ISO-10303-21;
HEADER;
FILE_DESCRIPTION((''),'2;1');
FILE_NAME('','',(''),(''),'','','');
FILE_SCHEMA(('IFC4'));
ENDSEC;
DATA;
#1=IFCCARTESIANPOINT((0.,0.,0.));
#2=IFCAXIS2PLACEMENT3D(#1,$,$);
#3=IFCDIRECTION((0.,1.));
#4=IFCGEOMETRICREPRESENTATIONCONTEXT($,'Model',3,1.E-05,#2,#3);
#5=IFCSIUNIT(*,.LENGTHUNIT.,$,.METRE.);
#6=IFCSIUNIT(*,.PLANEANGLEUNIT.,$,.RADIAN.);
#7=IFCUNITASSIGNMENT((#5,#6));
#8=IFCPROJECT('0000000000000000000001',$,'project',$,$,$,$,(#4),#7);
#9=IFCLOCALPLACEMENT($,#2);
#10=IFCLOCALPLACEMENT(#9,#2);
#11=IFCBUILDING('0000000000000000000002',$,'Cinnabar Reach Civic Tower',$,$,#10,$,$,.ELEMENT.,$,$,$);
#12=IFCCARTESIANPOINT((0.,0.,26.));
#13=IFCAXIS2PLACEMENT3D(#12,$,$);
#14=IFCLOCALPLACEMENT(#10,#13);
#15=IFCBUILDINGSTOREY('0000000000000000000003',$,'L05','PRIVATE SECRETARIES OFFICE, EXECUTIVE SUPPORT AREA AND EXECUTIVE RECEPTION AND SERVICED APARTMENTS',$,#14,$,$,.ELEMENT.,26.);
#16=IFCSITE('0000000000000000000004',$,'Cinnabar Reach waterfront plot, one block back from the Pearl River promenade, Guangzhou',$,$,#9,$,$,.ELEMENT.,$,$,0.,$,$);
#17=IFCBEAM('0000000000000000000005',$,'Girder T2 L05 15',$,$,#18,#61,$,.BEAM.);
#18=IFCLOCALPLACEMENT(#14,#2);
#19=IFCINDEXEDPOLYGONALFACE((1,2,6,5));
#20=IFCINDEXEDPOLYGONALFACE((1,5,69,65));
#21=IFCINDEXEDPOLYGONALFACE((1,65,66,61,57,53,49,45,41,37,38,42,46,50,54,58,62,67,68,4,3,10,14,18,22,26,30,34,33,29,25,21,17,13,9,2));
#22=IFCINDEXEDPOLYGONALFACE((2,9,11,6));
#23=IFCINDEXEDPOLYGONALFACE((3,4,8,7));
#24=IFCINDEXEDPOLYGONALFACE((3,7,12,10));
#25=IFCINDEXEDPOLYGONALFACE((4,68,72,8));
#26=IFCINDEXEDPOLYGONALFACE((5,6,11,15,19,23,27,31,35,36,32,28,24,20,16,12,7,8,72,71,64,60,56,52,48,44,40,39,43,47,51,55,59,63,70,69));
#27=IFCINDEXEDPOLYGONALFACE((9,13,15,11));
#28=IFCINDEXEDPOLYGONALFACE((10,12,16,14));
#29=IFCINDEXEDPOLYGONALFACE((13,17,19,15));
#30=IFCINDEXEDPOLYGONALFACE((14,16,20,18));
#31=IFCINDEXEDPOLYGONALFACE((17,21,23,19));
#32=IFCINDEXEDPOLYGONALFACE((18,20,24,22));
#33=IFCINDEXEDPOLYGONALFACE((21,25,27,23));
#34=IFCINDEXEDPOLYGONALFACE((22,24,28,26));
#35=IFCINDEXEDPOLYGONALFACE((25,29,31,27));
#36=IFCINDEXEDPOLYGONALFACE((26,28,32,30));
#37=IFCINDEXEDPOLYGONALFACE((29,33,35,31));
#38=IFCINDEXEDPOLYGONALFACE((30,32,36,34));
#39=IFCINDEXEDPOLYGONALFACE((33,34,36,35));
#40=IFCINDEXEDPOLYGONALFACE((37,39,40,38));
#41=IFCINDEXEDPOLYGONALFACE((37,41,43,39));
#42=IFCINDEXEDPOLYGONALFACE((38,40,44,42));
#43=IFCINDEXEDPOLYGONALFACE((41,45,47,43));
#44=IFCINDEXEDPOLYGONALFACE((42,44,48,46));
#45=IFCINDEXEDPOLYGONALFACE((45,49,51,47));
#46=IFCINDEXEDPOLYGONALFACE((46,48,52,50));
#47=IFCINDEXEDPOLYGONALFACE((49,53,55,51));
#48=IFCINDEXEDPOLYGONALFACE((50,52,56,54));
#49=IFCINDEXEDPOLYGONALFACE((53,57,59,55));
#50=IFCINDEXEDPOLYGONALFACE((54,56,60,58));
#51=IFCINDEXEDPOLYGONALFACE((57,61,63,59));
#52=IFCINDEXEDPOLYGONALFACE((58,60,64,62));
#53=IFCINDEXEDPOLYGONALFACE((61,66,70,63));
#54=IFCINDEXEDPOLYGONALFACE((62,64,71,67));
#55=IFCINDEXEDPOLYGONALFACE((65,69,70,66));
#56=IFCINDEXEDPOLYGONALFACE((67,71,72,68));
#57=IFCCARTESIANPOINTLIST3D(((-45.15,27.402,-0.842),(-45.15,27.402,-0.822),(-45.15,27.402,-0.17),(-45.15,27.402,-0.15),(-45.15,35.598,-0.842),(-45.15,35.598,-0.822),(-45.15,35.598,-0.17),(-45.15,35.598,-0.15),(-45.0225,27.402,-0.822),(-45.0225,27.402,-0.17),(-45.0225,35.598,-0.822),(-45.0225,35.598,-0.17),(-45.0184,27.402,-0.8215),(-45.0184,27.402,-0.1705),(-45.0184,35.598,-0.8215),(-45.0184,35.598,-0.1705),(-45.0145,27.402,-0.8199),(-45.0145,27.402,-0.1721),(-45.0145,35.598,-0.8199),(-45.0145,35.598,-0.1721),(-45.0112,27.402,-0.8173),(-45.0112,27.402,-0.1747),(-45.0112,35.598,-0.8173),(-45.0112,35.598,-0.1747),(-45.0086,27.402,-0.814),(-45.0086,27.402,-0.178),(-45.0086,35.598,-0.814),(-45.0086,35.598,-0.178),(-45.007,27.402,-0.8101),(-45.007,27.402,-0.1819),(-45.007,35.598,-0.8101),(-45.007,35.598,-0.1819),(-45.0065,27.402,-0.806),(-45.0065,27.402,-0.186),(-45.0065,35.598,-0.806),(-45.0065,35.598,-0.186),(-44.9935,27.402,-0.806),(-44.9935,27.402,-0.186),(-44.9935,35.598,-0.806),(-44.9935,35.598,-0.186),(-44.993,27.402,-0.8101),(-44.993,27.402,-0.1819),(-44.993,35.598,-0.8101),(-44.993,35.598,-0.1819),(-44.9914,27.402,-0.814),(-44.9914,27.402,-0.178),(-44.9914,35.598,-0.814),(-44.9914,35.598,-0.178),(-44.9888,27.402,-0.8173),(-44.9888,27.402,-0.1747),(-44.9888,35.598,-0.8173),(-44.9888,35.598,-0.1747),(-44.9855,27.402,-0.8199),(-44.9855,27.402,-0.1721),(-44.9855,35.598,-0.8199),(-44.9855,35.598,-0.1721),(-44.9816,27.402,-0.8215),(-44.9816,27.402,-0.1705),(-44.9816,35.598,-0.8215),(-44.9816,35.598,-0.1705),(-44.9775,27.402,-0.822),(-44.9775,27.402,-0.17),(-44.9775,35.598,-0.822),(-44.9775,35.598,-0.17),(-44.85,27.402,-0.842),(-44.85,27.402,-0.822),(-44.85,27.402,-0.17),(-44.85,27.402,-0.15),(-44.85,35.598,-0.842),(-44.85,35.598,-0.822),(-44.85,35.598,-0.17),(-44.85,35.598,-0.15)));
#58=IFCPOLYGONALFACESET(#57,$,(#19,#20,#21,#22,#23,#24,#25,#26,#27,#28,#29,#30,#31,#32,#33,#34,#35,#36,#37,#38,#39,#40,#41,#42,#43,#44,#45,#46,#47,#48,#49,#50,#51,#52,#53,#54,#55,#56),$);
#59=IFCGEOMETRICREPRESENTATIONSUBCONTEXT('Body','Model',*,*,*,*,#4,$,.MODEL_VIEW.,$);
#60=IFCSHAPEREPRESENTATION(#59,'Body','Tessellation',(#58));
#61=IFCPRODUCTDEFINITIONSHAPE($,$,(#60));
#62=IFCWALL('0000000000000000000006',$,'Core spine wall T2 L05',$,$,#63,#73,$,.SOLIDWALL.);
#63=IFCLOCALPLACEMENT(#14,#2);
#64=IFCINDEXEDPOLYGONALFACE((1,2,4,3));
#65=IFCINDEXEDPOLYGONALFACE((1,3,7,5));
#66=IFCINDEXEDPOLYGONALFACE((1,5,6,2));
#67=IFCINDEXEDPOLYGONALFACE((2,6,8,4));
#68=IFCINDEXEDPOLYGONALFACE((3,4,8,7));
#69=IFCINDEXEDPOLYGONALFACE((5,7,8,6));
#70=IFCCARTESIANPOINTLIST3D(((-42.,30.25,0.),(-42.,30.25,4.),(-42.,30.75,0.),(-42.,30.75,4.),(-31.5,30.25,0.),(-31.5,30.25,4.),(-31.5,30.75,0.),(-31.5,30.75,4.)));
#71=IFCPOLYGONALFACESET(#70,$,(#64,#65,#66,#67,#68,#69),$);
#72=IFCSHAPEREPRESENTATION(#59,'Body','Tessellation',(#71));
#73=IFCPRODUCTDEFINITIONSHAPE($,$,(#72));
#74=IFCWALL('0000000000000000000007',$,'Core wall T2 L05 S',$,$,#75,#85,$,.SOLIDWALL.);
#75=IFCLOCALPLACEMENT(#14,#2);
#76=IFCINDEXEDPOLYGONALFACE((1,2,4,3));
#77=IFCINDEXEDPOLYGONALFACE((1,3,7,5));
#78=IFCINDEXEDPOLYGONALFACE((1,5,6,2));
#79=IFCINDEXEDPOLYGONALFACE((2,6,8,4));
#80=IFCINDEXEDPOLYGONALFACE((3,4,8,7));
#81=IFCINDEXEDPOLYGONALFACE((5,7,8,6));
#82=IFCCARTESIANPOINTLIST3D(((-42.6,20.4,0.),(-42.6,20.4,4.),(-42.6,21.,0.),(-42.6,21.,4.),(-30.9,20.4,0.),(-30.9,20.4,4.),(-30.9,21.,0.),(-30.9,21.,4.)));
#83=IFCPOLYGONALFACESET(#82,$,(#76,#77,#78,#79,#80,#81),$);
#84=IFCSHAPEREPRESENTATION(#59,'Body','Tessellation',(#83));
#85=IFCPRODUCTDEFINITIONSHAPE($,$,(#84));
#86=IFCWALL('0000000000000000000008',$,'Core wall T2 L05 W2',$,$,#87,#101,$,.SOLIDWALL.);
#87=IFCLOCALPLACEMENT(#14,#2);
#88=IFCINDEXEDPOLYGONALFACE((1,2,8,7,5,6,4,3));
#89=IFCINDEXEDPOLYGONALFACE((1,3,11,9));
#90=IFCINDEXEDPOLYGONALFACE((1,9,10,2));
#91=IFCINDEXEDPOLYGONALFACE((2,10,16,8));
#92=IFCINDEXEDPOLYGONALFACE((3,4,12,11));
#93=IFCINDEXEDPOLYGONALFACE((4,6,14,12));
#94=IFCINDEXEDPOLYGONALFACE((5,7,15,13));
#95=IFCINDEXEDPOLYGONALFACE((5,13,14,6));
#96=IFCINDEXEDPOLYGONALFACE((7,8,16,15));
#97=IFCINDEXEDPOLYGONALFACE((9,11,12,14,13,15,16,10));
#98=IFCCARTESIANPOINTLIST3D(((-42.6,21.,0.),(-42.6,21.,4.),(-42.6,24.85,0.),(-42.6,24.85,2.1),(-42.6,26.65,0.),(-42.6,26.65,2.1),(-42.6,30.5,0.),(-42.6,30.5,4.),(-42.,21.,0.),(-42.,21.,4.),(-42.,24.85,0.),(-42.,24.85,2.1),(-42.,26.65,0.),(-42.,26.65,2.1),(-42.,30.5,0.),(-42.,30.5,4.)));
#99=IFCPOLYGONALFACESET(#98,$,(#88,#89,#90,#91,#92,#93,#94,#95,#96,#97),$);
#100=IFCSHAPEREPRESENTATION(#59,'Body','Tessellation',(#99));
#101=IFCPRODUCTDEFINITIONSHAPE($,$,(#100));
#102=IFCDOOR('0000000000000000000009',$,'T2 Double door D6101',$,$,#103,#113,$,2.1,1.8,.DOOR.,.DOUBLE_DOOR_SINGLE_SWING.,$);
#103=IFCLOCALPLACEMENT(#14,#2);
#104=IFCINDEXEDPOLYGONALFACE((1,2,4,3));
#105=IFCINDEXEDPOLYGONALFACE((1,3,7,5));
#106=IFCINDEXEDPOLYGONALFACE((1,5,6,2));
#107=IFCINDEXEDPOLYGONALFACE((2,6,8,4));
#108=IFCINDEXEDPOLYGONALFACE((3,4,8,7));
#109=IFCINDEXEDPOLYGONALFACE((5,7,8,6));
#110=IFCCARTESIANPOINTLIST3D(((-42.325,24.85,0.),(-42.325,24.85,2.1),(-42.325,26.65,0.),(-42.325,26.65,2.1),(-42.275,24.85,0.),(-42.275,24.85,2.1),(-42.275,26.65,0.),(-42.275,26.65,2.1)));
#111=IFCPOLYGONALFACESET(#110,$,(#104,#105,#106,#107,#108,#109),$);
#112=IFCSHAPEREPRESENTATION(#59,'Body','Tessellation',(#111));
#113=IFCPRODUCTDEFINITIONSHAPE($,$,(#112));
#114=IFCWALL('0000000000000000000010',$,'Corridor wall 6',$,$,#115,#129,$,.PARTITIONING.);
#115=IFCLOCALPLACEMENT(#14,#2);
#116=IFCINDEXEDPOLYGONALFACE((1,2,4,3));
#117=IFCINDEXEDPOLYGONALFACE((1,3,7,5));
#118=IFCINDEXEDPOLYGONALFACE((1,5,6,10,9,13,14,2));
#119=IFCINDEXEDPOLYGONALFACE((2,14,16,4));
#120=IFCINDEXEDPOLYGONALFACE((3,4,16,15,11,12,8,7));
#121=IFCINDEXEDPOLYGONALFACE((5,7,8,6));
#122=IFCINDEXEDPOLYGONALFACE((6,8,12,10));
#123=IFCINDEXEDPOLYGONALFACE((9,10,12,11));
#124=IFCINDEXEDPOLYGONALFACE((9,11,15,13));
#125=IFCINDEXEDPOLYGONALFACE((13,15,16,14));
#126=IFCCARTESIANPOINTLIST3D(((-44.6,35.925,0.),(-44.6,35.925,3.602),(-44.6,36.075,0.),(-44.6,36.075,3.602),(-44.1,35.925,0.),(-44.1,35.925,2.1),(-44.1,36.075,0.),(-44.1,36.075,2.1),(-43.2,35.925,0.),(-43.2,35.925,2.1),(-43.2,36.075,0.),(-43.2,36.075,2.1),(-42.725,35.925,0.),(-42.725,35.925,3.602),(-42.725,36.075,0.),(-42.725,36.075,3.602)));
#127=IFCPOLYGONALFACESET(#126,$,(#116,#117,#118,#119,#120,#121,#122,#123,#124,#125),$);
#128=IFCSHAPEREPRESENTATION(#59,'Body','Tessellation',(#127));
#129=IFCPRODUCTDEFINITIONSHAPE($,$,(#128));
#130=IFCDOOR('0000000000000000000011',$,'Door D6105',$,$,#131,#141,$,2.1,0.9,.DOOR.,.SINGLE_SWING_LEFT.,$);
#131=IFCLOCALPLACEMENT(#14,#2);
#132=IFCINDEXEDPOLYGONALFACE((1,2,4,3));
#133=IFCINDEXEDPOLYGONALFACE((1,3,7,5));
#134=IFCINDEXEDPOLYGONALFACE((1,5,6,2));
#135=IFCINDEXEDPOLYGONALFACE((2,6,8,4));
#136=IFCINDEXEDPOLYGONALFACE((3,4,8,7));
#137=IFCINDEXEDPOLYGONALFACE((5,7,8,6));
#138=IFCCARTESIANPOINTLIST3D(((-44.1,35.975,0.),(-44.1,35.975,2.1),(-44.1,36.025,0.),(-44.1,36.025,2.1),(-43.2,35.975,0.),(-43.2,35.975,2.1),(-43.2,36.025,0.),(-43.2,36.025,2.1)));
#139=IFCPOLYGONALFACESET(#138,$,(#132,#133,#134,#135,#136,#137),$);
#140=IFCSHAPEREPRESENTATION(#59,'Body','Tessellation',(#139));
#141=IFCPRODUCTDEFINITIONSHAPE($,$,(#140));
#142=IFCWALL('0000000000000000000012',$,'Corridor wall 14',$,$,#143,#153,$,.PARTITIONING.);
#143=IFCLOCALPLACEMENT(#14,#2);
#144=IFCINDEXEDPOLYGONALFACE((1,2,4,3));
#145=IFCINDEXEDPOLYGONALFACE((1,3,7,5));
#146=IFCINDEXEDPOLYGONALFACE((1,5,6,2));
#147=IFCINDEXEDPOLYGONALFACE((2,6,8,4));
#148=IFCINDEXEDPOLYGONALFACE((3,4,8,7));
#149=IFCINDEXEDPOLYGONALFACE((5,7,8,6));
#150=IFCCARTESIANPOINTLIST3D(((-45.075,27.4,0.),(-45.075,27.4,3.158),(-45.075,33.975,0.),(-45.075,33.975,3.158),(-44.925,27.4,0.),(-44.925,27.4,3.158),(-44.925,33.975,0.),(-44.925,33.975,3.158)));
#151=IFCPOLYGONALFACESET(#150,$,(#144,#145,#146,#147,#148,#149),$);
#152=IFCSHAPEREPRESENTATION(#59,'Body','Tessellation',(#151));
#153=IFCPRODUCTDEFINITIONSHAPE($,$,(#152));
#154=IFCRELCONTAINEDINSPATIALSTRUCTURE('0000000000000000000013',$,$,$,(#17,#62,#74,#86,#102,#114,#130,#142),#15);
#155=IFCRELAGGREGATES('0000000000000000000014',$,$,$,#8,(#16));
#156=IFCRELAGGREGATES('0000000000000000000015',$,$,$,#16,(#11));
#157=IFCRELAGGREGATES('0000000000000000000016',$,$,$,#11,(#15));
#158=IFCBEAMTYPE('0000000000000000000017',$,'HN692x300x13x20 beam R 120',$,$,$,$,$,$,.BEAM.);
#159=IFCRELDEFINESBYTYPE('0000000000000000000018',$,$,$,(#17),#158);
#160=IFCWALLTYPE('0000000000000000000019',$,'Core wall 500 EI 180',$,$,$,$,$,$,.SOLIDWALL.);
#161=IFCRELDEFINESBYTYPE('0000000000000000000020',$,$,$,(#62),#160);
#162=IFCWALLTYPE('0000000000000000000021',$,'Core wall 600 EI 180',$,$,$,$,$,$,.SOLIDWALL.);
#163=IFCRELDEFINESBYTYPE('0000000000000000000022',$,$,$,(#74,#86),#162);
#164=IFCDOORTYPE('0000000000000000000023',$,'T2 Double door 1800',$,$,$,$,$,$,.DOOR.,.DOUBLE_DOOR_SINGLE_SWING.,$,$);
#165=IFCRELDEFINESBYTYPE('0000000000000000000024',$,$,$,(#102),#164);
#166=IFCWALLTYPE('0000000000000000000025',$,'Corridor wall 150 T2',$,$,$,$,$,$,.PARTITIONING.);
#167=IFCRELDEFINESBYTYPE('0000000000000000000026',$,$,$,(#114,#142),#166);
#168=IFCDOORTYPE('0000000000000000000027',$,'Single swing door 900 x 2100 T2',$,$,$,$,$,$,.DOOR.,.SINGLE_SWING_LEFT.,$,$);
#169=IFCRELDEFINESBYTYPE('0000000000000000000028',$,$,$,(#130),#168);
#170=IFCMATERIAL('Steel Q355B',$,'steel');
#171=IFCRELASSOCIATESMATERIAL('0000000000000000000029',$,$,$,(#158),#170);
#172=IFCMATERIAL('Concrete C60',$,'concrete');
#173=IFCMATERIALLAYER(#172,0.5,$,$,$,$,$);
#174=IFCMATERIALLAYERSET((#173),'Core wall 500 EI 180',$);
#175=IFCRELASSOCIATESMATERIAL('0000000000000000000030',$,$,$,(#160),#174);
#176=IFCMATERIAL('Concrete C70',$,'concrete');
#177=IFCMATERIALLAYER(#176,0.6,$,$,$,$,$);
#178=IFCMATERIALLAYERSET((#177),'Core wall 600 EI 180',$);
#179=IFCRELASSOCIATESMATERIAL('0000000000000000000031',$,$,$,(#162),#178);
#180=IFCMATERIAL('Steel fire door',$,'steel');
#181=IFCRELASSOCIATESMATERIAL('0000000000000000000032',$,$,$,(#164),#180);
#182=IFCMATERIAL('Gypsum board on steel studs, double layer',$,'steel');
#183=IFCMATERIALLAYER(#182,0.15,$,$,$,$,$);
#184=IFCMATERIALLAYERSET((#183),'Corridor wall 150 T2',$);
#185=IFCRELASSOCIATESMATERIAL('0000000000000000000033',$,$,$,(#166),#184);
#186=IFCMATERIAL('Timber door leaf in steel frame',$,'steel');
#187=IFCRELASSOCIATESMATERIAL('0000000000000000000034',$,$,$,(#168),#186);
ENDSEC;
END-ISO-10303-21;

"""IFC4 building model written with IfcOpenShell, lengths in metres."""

from ifc_helpers import new_model, si_unit, direction, frame, frame_2d, origin, origin_2d, place, context, subcontext, project, spatial, rectangle, i_section, extrude, material, layer, layer_set, material_profile, profile_set, type_object, element, fill, save


model = new_model("IFC4")

# Units and contexts
model_context = context("Model", 3, precision=1e-05, world=origin(), true_north=direction((0.0, 1.0)))
body_context = subcontext(model_context, "Body", "Model", "MODEL_VIEW")
ifc_project = project(units=[si_unit("LENGTHUNIT", "METRE"), si_unit("PLANEANGLEUNIT", "RADIAN")], contexts=[model_context])

# Site, building, storey
site_placement = place(None, origin())
site = spatial("IfcSite", under=ifc_project, at=site_placement, Name="Cinnabar Reach waterfront plot, one block back from the Pearl River promenade, Guangzhou", CompositionType="ELEMENT", RefElevation=0.0)
building_placement = place(site_placement, origin())
building = spatial("IfcBuilding", under=site, at=building_placement, Name="Cinnabar Reach Civic Tower", CompositionType="ELEMENT")
storey_placement = place(building_placement, frame((0.0, 0.0, 26.0)))
storey = spatial("IfcBuildingStorey", under=building, at=storey_placement, Name="L05", Description="PRIVATE SECRETARIES OFFICE, EXECUTIVE SUPPORT AREA AND EXECUTIVE RECEPTION AND SERVICED APARTMENTS", CompositionType="ELEMENT", Elevation=26.0)

# Shared definitions
ifc_material_1 = material(Name="Concrete C60", Category="concrete")

# Beam
ifc_material_2 = material(Name="Steel Q355B", Category="steel")
ifc_material_profile_1 = material_profile(ifc_material_2, i_section(OverallWidth=0.3, OverallDepth=0.692, WebThickness=0.013, FlangeThickness=0.02, FilletRadius=0.016, at=origin_2d()), Name="HN692x300x13x20")
ifc_profile_set_1 = profile_set([ifc_material_profile_1], Name="Steel Q355B")
beam_type_1 = type_object("IfcBeamType", Name="HN692x300x13x20 beam R 120", PredefinedType="BEAM", material=ifc_profile_set_1)
beam_1_placement = place(storey_placement, frame((-45.0, 27.402, -0.496), z_axis=(0.0, 1.0, 0.0), x_axis=(-1.0, 0.0, 0.0)))
element("IfcBeam", 1, at=beam_1_placement, inside=storey, type_object=beam_type_1, Name="Girder T2 L05 15", PredefinedType="BEAM", context=body_context, shape_type="SweptSolid", body=[
    extrude(i_section(OverallWidth=0.3, OverallDepth=0.692, WebThickness=0.013, FlangeThickness=0.02, FilletRadius=0.016, at=origin_2d()), origin(), (0.0, 0.0, 1.0), 8.196),
])

# Walls
ifc_layer_1 = layer(ifc_material_1, 0.5)
ifc_layer_set_1 = layer_set([ifc_layer_1], Name="Core wall 500 EI 180")
wall_type_1 = type_object("IfcWallType", Name="Core wall 500 EI 180", PredefinedType="SOLIDWALL", material=ifc_layer_set_1)
wall_1_placement = place(storey_placement, frame((-42.0, 30.5, 0.0), z_axis=(0.0, 0.0, 1.0), x_axis=(1.0, 0.0, 0.0)))
element("IfcWall", 2, at=wall_1_placement, inside=storey, type_object=wall_type_1, Name="Core spine wall T2 L05", PredefinedType="SOLIDWALL", context=body_context, shape_type="SweptSolid", body=[
    extrude(rectangle(XDim=10.5, YDim=0.5, at=frame_2d((5.25, 0.0))), origin(), (0.0, 0.0, 1.0), 4.0),
])
ifc_material_3 = material(Name="Concrete C70", Category="concrete")
ifc_layer_2 = layer(ifc_material_3, 0.6)
ifc_layer_set_2 = layer_set([ifc_layer_2], Name="Core wall 600 EI 180")
wall_type_2 = type_object("IfcWallType", Name="Core wall 600 EI 180", PredefinedType="SOLIDWALL", material=ifc_layer_set_2)
wall_2_placement = place(storey_placement, frame((-42.6, 20.7, 0.0), z_axis=(0.0, 0.0, 1.0), x_axis=(1.0, 0.0, 0.0)))
element("IfcWall", 3, at=wall_2_placement, inside=storey, type_object=wall_type_2, Name="Core wall T2 L05 S", PredefinedType="SOLIDWALL", context=body_context, shape_type="SweptSolid", body=[
    extrude(rectangle(XDim=11.7, YDim=0.6, at=frame_2d((5.85, 0.0))), origin(), (0.0, 0.0, 1.0), 4.0),
])

# Walls, openings, doors
wall_3_placement = place(storey_placement, frame((-42.3, 30.5, 0.0), z_axis=(0.0, 0.0, 1.0), x_axis=(0.0, -1.0, 0.0)))
wall_3 = element("IfcWall", 4, at=wall_3_placement, inside=storey, type_object=wall_type_2, Name="Core wall T2 L05 W2", PredefinedType="SOLIDWALL", context=body_context, shape_type="SweptSolid", body=[
    extrude(rectangle(XDim=9.5, YDim=0.6, at=frame_2d((4.75, 0.0))), origin(), (0.0, 0.0, 1.0), 4.0),
])
opening_1_placement = place(wall_3_placement, frame((3.85, 0.0, 0.0)))
opening_1 = element("IfcOpeningElement", 5, at=opening_1_placement, cuts=wall_3, PredefinedType="OPENING", context=body_context, shape_type="SweptSolid", body=[
    extrude(rectangle(XDim=1.8, YDim=2.1, at=frame_2d((0.9, 1.05))), frame((0.0, 0.31, 0.0), z_axis=(0.0, -1.0, 0.0), x_axis=(1.0, 0.0, 0.0)), (0.0, 0.0, 1.0), 0.62),
])
ifc_material_4 = material(Name="Steel fire door", Category="steel")
door_type_1 = type_object("IfcDoorType", Name="T2 Double door 1800", OperationType="DOUBLE_DOOR_SINGLE_SWING", PredefinedType="DOOR", material=ifc_material_4)
door_1_placement = place(opening_1_placement, origin())
door_1 = element("IfcDoor", 6, at=door_1_placement, inside=storey, type_object=door_type_1, Name="T2 Double door D6101", OperationType="DOUBLE_DOOR_SINGLE_SWING", OverallHeight=2.1, OverallWidth=1.8, PredefinedType="DOOR", context=body_context, shape_type="SweptSolid", body=[
    extrude(rectangle(XDim=1.8, YDim=2.1, at=frame_2d((0.9, 1.05))), frame((0.0, 0.025, 0.0), z_axis=(0.0, -1.0, 0.0), x_axis=(1.0, 0.0, 0.0)), (0.0, 0.0, 1.0), 0.05),
])
fill(opening_1, door_1)
ifc_material_5 = material(Name="Gypsum board on steel studs, double layer", Category="steel")
ifc_layer_3 = layer(ifc_material_5, 0.15)
ifc_layer_set_3 = layer_set([ifc_layer_3], Name="Corridor wall 150 T2")
wall_type_3 = type_object("IfcWallType", Name="Corridor wall 150 T2", PredefinedType="PARTITIONING", material=ifc_layer_set_3)
wall_4_placement = place(storey_placement, frame((-44.6, 36.0, 0.0), z_axis=(0.0, 0.0, 1.0), x_axis=(1.0, 0.0, 0.0)))
wall_4 = element("IfcWall", 7, at=wall_4_placement, inside=storey, type_object=wall_type_3, Name="Corridor wall 6", PredefinedType="PARTITIONING", context=body_context, shape_type="SweptSolid", body=[
    extrude(rectangle(XDim=1.875, YDim=0.15, at=frame_2d((0.9375, 0.0))), origin(), (0.0, 0.0, 1.0), 3.602),
])
opening_2_placement = place(wall_4_placement, frame((0.5, 0.0, 0.0)))
opening_2 = element("IfcOpeningElement", 8, at=opening_2_placement, cuts=wall_4, PredefinedType="OPENING", context=body_context, shape_type="SweptSolid", body=[
    extrude(rectangle(XDim=0.9, YDim=2.1, at=frame_2d((0.45, 1.05))), frame((0.0, 0.085, 0.0), z_axis=(0.0, -1.0, 0.0), x_axis=(1.0, 0.0, 0.0)), (0.0, 0.0, 1.0), 0.17),
])
ifc_material_6 = material(Name="Timber door leaf in steel frame", Category="steel")
door_type_2 = type_object("IfcDoorType", Name="Single swing door 900 x 2100 T2", OperationType="SINGLE_SWING_LEFT", PredefinedType="DOOR", material=ifc_material_6)
door_2_placement = place(opening_2_placement, origin())
door_2 = element("IfcDoor", 9, at=door_2_placement, inside=storey, type_object=door_type_2, Name="Door D6105", OperationType="SINGLE_SWING_LEFT", OverallHeight=2.1, OverallWidth=0.9, PredefinedType="DOOR", context=body_context, shape_type="SweptSolid", body=[
    extrude(rectangle(XDim=0.9, YDim=2.1, at=frame_2d((0.45, 1.05))), frame((0.0, 0.025, 0.0), z_axis=(0.0, -1.0, 0.0), x_axis=(1.0, 0.0, 0.0)), (0.0, 0.0, 1.0), 0.05),
])
fill(opening_2, door_2)

# Wall
wall_5_placement = place(storey_placement, frame((-45.0, 27.4, 0.0), z_axis=(0.0, 0.0, 1.0), x_axis=(0.0, 1.0, 0.0)))
element("IfcWall", 10, at=wall_5_placement, inside=storey, type_object=wall_type_3, Name="Corridor wall 14", PredefinedType="PARTITIONING", context=body_context, shape_type="SweptSolid", body=[
    extrude(rectangle(XDim=6.575, YDim=0.15, at=frame_2d((3.2875, 0.0))), origin(), (0.0, 0.0, 1.0), 3.158),
])

save(model, "model.ifc")
